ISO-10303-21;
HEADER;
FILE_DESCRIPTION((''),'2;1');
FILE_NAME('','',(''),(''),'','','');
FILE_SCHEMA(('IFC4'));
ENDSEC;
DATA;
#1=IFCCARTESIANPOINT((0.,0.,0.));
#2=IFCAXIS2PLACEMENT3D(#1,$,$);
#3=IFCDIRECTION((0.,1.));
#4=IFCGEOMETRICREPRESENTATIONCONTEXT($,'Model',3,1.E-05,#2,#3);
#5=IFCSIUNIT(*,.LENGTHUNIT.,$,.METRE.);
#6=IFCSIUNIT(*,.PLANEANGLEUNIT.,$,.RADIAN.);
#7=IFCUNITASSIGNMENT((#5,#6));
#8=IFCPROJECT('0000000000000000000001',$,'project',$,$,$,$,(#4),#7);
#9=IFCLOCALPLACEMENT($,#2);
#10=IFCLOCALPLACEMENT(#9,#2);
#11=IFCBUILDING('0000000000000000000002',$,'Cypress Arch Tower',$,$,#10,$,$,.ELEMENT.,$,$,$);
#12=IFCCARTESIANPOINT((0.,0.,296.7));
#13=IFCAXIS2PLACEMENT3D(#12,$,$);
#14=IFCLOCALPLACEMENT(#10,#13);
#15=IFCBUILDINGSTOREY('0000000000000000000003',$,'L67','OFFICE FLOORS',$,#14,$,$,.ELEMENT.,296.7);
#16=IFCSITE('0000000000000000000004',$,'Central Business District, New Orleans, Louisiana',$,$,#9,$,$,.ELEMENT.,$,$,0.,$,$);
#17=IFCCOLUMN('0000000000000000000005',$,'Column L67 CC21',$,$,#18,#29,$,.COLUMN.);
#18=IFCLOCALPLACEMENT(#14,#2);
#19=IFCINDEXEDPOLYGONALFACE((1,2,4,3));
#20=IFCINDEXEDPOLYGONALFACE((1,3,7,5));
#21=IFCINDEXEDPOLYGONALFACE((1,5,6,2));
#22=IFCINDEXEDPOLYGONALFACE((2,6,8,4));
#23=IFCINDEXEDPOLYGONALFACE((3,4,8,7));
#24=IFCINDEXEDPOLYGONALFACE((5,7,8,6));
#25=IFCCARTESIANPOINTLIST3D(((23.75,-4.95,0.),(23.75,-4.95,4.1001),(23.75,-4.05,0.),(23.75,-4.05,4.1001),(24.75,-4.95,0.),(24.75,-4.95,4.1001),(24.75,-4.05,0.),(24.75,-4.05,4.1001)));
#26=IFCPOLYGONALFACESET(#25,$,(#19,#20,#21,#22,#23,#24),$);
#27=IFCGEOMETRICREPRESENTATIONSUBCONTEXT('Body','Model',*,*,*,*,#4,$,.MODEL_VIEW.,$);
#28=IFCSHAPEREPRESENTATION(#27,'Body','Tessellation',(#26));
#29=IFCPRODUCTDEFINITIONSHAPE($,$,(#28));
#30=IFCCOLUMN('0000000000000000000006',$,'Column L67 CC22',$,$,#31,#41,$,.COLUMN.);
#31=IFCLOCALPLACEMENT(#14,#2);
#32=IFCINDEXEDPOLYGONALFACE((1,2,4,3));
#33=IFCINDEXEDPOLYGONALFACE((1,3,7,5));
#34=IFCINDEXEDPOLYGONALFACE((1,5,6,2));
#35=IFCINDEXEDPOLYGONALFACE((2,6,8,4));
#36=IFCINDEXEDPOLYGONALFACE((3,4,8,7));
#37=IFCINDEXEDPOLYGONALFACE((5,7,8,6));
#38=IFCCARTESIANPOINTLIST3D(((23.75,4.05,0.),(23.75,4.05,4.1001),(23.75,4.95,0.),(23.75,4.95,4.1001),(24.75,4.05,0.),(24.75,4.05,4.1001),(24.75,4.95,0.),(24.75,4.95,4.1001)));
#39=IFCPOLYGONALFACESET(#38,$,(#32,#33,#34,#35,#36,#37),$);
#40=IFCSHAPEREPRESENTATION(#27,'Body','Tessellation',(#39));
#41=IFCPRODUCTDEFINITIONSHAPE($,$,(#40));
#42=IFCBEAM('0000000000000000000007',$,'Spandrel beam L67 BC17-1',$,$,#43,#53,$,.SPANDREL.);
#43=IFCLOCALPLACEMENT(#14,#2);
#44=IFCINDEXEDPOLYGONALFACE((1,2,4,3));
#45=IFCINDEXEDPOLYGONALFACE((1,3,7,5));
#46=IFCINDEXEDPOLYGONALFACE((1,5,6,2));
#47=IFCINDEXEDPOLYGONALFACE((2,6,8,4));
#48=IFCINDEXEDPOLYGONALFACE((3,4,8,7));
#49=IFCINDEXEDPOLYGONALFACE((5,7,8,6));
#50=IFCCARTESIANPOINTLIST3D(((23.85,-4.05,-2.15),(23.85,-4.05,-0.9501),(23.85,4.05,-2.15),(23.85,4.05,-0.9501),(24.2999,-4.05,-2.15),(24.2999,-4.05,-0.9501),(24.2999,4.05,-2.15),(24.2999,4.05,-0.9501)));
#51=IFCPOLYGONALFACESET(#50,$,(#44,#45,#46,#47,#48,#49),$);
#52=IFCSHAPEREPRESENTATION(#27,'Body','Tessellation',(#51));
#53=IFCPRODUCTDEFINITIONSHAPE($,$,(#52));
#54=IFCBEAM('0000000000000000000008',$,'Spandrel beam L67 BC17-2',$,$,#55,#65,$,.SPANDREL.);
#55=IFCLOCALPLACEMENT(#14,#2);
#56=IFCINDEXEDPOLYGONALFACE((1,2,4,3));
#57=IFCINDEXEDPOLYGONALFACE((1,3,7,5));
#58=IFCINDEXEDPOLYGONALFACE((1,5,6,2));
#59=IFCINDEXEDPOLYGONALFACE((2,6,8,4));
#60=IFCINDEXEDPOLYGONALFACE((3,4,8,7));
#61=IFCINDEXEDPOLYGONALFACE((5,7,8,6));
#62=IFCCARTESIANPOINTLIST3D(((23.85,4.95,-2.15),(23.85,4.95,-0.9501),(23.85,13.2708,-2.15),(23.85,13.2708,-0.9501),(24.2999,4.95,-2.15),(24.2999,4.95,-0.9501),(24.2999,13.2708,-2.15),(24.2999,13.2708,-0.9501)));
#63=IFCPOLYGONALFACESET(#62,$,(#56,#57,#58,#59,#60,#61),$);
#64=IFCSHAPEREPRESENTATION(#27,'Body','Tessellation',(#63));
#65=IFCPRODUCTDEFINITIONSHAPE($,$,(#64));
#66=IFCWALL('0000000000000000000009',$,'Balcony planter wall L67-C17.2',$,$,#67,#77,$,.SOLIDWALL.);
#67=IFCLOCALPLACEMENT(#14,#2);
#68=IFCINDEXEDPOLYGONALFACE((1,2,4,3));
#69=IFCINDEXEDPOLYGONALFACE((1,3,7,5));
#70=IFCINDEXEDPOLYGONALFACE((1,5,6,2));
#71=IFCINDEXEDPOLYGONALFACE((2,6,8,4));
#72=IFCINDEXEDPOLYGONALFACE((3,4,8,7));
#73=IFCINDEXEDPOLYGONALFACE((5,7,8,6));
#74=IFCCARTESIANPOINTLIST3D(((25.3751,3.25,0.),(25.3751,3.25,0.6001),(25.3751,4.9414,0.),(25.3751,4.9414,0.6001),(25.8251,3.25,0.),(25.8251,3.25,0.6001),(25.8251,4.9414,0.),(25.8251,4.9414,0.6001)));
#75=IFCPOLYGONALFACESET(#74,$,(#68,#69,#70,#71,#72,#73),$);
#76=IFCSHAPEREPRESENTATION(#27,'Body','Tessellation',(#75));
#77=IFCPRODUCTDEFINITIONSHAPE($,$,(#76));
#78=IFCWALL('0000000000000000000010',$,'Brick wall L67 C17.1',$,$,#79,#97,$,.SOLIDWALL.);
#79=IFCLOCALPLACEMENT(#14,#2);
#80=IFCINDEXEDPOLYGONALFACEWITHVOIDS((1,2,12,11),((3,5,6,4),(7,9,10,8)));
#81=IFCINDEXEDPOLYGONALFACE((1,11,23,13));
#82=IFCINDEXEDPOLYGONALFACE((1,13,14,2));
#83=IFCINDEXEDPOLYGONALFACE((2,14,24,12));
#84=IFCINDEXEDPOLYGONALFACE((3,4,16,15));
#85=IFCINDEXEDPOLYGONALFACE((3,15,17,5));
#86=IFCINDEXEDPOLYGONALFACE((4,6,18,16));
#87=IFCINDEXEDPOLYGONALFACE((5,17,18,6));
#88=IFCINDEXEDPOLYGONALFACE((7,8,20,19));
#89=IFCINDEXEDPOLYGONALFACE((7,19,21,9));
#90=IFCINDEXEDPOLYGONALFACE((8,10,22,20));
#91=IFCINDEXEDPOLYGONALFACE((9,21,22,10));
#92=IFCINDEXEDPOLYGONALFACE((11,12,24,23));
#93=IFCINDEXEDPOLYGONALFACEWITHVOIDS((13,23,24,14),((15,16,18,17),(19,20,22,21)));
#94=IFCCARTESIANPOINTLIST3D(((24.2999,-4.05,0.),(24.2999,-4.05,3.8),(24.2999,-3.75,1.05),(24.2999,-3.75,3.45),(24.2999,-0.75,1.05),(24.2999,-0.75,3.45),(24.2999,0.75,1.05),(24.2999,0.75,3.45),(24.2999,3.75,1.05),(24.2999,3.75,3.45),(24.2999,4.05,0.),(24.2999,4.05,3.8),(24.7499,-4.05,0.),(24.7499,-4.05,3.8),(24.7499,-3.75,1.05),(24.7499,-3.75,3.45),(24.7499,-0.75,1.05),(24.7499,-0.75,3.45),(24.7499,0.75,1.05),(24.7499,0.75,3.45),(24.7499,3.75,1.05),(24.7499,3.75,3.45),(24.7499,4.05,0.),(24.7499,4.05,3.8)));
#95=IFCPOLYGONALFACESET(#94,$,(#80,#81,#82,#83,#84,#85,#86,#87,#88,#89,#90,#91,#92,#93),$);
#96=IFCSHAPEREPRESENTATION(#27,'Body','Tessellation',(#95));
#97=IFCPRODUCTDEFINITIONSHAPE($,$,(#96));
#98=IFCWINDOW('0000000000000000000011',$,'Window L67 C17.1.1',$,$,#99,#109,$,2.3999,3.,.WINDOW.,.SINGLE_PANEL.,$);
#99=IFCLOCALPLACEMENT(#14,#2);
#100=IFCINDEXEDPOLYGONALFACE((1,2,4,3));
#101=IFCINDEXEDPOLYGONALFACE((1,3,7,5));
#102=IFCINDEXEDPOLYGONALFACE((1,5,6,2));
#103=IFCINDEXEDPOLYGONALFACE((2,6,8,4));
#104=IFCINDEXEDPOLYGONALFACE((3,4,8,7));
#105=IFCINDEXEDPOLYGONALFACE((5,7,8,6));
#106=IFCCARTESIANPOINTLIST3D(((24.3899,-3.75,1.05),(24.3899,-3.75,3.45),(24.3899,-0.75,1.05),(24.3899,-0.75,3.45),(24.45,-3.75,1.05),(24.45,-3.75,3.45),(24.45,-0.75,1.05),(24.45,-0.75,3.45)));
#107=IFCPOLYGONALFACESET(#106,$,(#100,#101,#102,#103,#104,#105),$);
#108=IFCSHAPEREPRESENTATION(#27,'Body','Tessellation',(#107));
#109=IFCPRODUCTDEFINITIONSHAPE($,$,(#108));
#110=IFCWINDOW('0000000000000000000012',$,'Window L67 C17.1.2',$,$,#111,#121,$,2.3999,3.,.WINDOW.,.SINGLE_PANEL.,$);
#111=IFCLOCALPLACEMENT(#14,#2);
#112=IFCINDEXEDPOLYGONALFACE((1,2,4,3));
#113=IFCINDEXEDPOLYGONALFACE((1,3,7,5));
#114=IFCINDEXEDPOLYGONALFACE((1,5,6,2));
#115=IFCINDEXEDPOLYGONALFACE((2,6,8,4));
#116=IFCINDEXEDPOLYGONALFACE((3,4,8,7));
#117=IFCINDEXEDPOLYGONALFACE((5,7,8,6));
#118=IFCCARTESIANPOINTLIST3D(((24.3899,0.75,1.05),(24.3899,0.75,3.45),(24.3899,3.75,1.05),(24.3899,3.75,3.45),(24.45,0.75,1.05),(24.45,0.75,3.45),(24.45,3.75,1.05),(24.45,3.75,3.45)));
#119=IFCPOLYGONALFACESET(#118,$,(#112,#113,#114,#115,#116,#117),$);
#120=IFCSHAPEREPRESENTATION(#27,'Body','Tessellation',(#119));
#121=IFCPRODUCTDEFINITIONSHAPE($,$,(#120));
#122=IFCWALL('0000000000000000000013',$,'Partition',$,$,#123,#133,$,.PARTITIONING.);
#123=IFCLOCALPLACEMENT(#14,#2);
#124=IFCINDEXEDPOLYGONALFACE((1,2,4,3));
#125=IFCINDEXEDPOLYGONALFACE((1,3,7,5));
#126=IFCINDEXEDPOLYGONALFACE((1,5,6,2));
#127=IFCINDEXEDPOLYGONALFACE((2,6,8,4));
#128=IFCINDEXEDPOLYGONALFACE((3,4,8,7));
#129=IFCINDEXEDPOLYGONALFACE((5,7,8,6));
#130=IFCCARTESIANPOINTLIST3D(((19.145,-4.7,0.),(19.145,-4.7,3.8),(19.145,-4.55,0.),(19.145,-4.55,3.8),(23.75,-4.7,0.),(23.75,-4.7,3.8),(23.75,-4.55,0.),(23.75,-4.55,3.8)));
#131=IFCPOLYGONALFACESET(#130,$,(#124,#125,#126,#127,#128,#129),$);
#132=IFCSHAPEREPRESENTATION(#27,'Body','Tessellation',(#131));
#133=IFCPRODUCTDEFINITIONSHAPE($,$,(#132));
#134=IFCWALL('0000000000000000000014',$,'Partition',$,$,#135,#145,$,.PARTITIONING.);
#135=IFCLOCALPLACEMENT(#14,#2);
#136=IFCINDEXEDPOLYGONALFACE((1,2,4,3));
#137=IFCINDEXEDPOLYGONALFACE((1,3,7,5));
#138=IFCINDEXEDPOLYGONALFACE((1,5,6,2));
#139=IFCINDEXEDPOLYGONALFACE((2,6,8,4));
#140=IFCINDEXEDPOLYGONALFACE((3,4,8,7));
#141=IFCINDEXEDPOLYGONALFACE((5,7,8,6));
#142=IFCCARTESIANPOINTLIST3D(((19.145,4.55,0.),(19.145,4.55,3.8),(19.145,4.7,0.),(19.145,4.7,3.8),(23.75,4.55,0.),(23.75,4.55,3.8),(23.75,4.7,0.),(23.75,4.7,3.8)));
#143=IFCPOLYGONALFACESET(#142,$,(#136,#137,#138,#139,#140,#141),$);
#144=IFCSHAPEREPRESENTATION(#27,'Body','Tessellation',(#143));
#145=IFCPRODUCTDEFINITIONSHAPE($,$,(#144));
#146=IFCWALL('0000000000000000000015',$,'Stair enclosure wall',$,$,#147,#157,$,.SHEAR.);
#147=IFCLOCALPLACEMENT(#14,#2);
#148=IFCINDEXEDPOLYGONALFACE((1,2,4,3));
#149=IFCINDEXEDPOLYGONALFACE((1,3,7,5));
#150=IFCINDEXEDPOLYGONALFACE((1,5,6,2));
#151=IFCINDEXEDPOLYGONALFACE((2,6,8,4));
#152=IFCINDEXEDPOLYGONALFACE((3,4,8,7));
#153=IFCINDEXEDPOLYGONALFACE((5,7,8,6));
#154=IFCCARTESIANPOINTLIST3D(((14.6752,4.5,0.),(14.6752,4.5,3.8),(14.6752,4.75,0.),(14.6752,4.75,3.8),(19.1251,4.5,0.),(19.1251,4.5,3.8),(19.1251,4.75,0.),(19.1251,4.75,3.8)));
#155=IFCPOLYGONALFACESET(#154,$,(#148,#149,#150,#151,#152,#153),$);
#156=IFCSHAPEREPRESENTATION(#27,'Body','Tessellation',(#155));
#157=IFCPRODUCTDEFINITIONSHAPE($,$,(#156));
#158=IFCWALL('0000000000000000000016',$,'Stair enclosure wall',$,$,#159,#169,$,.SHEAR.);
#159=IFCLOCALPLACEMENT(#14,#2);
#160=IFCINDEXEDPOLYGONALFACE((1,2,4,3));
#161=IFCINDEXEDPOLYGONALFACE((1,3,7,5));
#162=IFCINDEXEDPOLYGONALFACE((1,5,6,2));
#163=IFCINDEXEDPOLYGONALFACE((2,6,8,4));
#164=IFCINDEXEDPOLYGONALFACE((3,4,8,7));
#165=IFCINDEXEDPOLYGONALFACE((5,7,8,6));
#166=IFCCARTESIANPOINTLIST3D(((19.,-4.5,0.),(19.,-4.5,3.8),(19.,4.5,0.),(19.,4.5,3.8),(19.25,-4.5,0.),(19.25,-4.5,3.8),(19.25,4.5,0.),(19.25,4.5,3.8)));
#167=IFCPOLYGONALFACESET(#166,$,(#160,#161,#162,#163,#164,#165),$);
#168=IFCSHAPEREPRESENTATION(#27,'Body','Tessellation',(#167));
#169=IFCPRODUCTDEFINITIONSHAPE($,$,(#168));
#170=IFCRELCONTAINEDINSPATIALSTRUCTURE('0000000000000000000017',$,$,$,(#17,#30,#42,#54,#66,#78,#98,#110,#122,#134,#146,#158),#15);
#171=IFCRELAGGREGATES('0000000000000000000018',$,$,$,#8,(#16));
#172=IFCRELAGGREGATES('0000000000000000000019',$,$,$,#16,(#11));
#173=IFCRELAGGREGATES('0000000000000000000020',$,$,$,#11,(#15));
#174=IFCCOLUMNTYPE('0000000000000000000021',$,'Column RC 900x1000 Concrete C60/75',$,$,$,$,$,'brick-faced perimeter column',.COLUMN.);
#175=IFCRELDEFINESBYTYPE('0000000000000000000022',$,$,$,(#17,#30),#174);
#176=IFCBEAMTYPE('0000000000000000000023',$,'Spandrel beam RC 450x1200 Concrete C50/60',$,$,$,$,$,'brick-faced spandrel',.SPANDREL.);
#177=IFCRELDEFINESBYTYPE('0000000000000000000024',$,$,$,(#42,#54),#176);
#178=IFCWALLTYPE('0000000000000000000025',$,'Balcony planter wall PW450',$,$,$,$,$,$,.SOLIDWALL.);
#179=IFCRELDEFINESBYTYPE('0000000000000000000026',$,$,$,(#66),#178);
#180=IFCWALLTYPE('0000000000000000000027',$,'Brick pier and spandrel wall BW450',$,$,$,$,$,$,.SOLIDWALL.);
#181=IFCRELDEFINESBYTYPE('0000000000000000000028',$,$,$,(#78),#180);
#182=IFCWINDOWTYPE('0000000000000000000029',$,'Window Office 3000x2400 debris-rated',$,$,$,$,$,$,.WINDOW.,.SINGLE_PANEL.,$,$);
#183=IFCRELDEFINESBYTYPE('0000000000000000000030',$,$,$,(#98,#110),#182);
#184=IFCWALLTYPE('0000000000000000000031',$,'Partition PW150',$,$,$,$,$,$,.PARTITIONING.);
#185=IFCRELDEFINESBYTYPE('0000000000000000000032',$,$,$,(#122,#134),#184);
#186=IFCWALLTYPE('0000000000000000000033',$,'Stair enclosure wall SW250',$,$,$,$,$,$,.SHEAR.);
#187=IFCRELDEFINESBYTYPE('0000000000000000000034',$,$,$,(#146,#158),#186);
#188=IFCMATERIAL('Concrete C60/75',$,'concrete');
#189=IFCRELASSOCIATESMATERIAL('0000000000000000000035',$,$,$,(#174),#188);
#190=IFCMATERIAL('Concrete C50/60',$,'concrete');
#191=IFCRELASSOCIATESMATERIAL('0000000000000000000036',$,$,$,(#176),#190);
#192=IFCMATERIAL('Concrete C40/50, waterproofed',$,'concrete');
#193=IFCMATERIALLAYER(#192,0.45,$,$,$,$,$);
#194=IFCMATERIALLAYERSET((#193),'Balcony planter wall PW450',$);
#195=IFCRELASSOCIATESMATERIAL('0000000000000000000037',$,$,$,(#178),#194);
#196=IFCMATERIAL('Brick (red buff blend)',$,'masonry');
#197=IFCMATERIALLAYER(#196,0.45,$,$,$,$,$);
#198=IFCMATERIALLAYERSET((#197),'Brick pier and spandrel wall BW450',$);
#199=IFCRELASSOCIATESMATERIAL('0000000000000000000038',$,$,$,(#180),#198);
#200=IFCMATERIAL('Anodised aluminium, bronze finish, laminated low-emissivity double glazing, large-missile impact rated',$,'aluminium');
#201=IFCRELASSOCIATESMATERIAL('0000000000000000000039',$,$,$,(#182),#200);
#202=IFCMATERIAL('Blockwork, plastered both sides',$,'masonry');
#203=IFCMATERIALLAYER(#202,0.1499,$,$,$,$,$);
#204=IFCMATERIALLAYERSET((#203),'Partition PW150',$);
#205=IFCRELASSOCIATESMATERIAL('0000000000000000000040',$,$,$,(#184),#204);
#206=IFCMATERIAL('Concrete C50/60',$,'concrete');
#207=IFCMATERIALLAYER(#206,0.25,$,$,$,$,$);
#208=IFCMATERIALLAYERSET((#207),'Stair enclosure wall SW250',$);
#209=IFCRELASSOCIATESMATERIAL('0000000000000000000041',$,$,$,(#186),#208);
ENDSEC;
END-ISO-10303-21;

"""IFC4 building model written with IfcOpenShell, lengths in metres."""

from ifc_helpers import new_model, si_unit, direction, frame, frame_2d, origin, origin_2d, place, context, subcontext, project, spatial, rectangle, extrude, material, layer, layer_set, material_profile, profile_set, type_object, element, fill, save


model = new_model("IFC4")

# Units and contexts
model_context = context("Model", 3, precision=1e-05, world=origin(), true_north=direction((0.0, 1.0)))
body_context = subcontext(model_context, "Body", "Model", "MODEL_VIEW")
ifc_project = project(units=[si_unit("LENGTHUNIT", "METRE"), si_unit("PLANEANGLEUNIT", "RADIAN")], contexts=[model_context])

# Site, building, storey
site_placement = place(None, origin())
site = spatial("IfcSite", under=ifc_project, at=site_placement, Name="Central Business District, New Orleans, Louisiana", CompositionType="ELEMENT", RefElevation=0.0)
building_placement = place(site_placement, origin())
building = spatial("IfcBuilding", under=site, at=building_placement, Name="Cypress Arch Tower", CompositionType="ELEMENT")
storey_placement = place(building_placement, frame((0.0, 0.0, 296.7)))
storey = spatial("IfcBuildingStorey", under=building, at=storey_placement, Name="L67", Description="OFFICE FLOORS", CompositionType="ELEMENT", Elevation=296.7)

# Columns
ifc_material_1 = material(Name="Concrete C60/75", Category="concrete")
ifc_material_profile_1 = material_profile(ifc_material_1, rectangle(XDim=0.8999, YDim=1.0, at=origin_2d()), Name="RC 900x1000")
ifc_profile_set_1 = profile_set([ifc_material_profile_1], Name="Concrete C60/75")
column_type = type_object("IfcColumnType", Name="Column RC 900x1000 Concrete C60/75", ElementType="brick-faced perimeter column", PredefinedType="COLUMN", material=ifc_profile_set_1)
for number, where, z_axis, x_axis, name in (
    (1, (24.25, -4.5, 0.0), (0.0, 0.0, 1.0), (0.0, 1.0, 0.0), "Column L67 CC21"),
    (2, (24.25, 4.5, 0.0), (0.0, 0.0, 1.0), (0.0, 1.0, 0.0), "Column L67 CC22"),
):
    element("IfcColumn", number, at=place(storey_placement, frame(where, z_axis=z_axis, x_axis=x_axis)), inside=storey, type_object=column_type, Name=name, PredefinedType="COLUMN", context=body_context, shape_type="SweptSolid", body=[
        extrude(rectangle(XDim=0.8999, YDim=1.0, at=origin_2d()), origin(), (0.0, 0.0, 1.0), 4.1001),
    ])

# Beams
ifc_material_2 = material(Name="Concrete C50/60", Category="concrete")
ifc_material_profile_2 = material_profile(ifc_material_2, rectangle(XDim=0.45, YDim=1.2, at=origin_2d()), Name="RC 450x1200")
ifc_profile_set_2 = profile_set([ifc_material_profile_2], Name="Concrete C50/60")
beam_type = type_object("IfcBeamType", Name="Spandrel beam RC 450x1200 Concrete C50/60", ElementType="brick-faced spandrel", PredefinedType="SPANDREL", material=ifc_profile_set_2)
beam_1_placement = place(storey_placement, frame((24.075, -4.05, -1.55), z_axis=(0.0, 1.0, 0.0), x_axis=(-1.0, 0.0, 0.0)))
element("IfcBeam", 3, at=beam_1_placement, inside=storey, type_object=beam_type, Name="Spandrel beam L67 BC17-1", PredefinedType="SPANDREL", context=body_context, shape_type="SweptSolid", body=[
    extrude(rectangle(XDim=0.45, YDim=1.2, at=origin_2d()), origin(), (0.0, 0.0, 1.0), 8.1001),
])
beam_2_placement = place(storey_placement, frame((24.075, 4.95, -1.55), z_axis=(0.0, 1.0, 0.0), x_axis=(-1.0, 0.0, 0.0)))
element("IfcBeam", 4, at=beam_2_placement, inside=storey, type_object=beam_type, Name="Spandrel beam L67 BC17-2", PredefinedType="SPANDREL", context=body_context, shape_type="SweptSolid", body=[
    extrude(rectangle(XDim=0.45, YDim=1.2, at=origin_2d()), origin(), (0.0, 0.0, 1.0), 8.3208),
])

# Wall
ifc_material_3 = material(Name="Concrete C40/50, waterproofed", Category="concrete")
ifc_layer_1 = layer(ifc_material_3, 0.45)
ifc_layer_set_1 = layer_set([ifc_layer_1], Name="Balcony planter wall PW450")
wall_type_1 = type_object("IfcWallType", Name="Balcony planter wall PW450", PredefinedType="SOLIDWALL", material=ifc_layer_set_1)
wall_1_placement = place(storey_placement, frame((25.6001, 3.25, 0.0), z_axis=(0.0, 0.0, 1.0), x_axis=(0.0, 1.0, 0.0)))
element("IfcWall", 5, at=wall_1_placement, inside=storey, type_object=wall_type_1, Name="Balcony planter wall L67-C17.2", PredefinedType="SOLIDWALL", context=body_context, shape_type="SweptSolid", body=[
    extrude(rectangle(XDim=1.6914, YDim=0.45, at=frame_2d((0.8457, 0.0))), origin(), (0.0, 0.0, 1.0), 0.6001),
])

# Wall, openings, windows
ifc_material_4 = material(Name="Brick (red buff blend)", Category="masonry")
ifc_layer_2 = layer(ifc_material_4, 0.45)
ifc_layer_set_2 = layer_set([ifc_layer_2], Name="Brick pier and spandrel wall BW450")
wall_type_2 = type_object("IfcWallType", Name="Brick pier and spandrel wall BW450", PredefinedType="SOLIDWALL", material=ifc_layer_set_2)
wall_2_placement = place(storey_placement, frame((24.5249, -4.05, 0.0), z_axis=(0.0, 0.0, 1.0), x_axis=(0.0, 1.0, 0.0)))
wall_2 = element("IfcWall", 6, at=wall_2_placement, inside=storey, type_object=wall_type_2, Name="Brick wall L67 C17.1", PredefinedType="SOLIDWALL", context=body_context, shape_type="SweptSolid", body=[
    extrude(rectangle(XDim=8.1001, YDim=0.45, at=frame_2d((4.05, 0.0))), origin(), (0.0, 0.0, 1.0), 3.8),
])
opening_1_placement = place(wall_2_placement, frame((0.3, 0.0, 1.05)))
opening_1 = element("IfcOpeningElement", 7, at=opening_1_placement, cuts=wall_2, PredefinedType="OPENING", context=body_context, shape_type="SweptSolid", body=[
    extrude(rectangle(XDim=3.0, YDim=2.3999, at=frame_2d((1.5, 1.2))), frame((0.0, 0.2349, 0.0), z_axis=(0.0, -1.0, 0.0), x_axis=(1.0, 0.0, 0.0)), (0.0, 0.0, 1.0), 0.47),
])
opening_2_placement = place(wall_2_placement, frame((4.8, 0.0, 1.05)))
opening_2 = element("IfcOpeningElement", 8, at=opening_2_placement, cuts=wall_2, PredefinedType="OPENING", context=body_context, shape_type="SweptSolid", body=[
    extrude(rectangle(XDim=3.0, YDim=2.3999, at=frame_2d((1.5, 1.2))), frame((0.0, 0.2349, 0.0), z_axis=(0.0, -1.0, 0.0), x_axis=(1.0, 0.0, 0.0)), (0.0, 0.0, 1.0), 0.47),
])
ifc_material_5 = material(Name="Anodised aluminium, bronze finish, laminated low-emissivity double glazing, large-missile impact rated", Category="aluminium")
window_type_1 = type_object("IfcWindowType", Name="Window Office 3000x2400 debris-rated", PartitioningType="SINGLE_PANEL", PredefinedType="WINDOW", material=ifc_material_5)
window_1_placement = place(opening_1_placement, origin())
window_1 = element("IfcWindow", 9, at=window_1_placement, inside=storey, type_object=window_type_1, Name="Window L67 C17.1.1", OverallHeight=2.3999, OverallWidth=3.0, PartitioningType="SINGLE_PANEL", PredefinedType="WINDOW", context=body_context, shape_type="SweptSolid", body=[
    extrude(rectangle(XDim=3.0, YDim=2.3999, at=frame_2d((1.5, 1.2))), frame((0.0, 0.135, 0.0), z_axis=(0.0, -1.0, 0.0), x_axis=(1.0, 0.0, 0.0)), (0.0, 0.0, 1.0), 0.0601),
])
fill(opening_1, window_1)
window_2_placement = place(opening_2_placement, origin())
window_2 = element("IfcWindow", 10, at=window_2_placement, inside=storey, type_object=window_type_1, Name="Window L67 C17.1.2", OverallHeight=2.3999, OverallWidth=3.0, PartitioningType="SINGLE_PANEL", PredefinedType="WINDOW", context=body_context, shape_type="SweptSolid", body=[
    extrude(rectangle(XDim=3.0, YDim=2.3999, at=frame_2d((1.5, 1.2))), frame((0.0, 0.135, 0.0), z_axis=(0.0, -1.0, 0.0), x_axis=(1.0, 0.0, 0.0)), (0.0, 0.0, 1.0), 0.0601),
])
fill(opening_2, window_2)

# Walls
ifc_material_6 = material(Name="Blockwork, plastered both sides", Category="masonry")
ifc_layer_3 = layer(ifc_material_6, 0.1499)
ifc_layer_set_3 = layer_set([ifc_layer_3], Name="Partition PW150")
wall_type_3 = type_object("IfcWallType", Name="Partition PW150", PredefinedType="PARTITIONING", material=ifc_layer_set_3)
for number, where, z_axis, x_axis, name in (
    (11, (19.145, -4.625, 0.0), (0.0, 0.0, 1.0), (1.0, 0.0, 0.0), "Partition"),
    (12, (19.145, 4.625, 0.0), (0.0, 0.0, 1.0), (1.0, 0.0, 0.0), "Partition"),
):
    element("IfcWall", number, at=place(storey_placement, frame(where, z_axis=z_axis, x_axis=x_axis)), inside=storey, type_object=wall_type_3, Name=name, PredefinedType="PARTITIONING", context=body_context, shape_type="SweptSolid", body=[
        extrude(rectangle(XDim=4.605, YDim=0.1499, at=frame_2d((2.3025, 0.0))), origin(), (0.0, 0.0, 1.0), 3.8),
    ])
ifc_material_7 = material(Name="Concrete C50/60", Category="concrete")
ifc_layer_4 = layer(ifc_material_7, 0.25)
ifc_layer_set_4 = layer_set([ifc_layer_4], Name="Stair enclosure wall SW250")
wall_type_4 = type_object("IfcWallType", Name="Stair enclosure wall SW250", PredefinedType="SHEAR", material=ifc_layer_set_4)
wall_3_placement = place(storey_placement, frame((14.675, 4.625, 0.0), z_axis=(0.0, 0.0, 1.0), x_axis=(1.0, 0.0, 0.0)))
element("IfcWall", 13, at=wall_3_placement, inside=storey, type_object=wall_type_4, Name="Stair enclosure wall", PredefinedType="SHEAR", context=body_context, shape_type="SweptSolid", body=[
    extrude(rectangle(XDim=4.45, YDim=0.25, at=frame_2d((2.2251, 0.0))), origin(), (0.0, 0.0, 1.0), 3.8),
])
wall_4_placement = place(storey_placement, frame((19.125, -4.5, 0.0), z_axis=(0.0, 0.0, 1.0), x_axis=(0.0, 1.0, 0.0)))
element("IfcWall", 14, at=wall_4_placement, inside=storey, type_object=wall_type_4, Name="Stair enclosure wall", PredefinedType="SHEAR", context=body_context, shape_type="SweptSolid", body=[
    extrude(rectangle(XDim=9.0, YDim=0.25, at=frame_2d((4.5, 0.0))), origin(), (0.0, 0.0, 1.0), 3.8),
])

save(model, "model.ifc")
